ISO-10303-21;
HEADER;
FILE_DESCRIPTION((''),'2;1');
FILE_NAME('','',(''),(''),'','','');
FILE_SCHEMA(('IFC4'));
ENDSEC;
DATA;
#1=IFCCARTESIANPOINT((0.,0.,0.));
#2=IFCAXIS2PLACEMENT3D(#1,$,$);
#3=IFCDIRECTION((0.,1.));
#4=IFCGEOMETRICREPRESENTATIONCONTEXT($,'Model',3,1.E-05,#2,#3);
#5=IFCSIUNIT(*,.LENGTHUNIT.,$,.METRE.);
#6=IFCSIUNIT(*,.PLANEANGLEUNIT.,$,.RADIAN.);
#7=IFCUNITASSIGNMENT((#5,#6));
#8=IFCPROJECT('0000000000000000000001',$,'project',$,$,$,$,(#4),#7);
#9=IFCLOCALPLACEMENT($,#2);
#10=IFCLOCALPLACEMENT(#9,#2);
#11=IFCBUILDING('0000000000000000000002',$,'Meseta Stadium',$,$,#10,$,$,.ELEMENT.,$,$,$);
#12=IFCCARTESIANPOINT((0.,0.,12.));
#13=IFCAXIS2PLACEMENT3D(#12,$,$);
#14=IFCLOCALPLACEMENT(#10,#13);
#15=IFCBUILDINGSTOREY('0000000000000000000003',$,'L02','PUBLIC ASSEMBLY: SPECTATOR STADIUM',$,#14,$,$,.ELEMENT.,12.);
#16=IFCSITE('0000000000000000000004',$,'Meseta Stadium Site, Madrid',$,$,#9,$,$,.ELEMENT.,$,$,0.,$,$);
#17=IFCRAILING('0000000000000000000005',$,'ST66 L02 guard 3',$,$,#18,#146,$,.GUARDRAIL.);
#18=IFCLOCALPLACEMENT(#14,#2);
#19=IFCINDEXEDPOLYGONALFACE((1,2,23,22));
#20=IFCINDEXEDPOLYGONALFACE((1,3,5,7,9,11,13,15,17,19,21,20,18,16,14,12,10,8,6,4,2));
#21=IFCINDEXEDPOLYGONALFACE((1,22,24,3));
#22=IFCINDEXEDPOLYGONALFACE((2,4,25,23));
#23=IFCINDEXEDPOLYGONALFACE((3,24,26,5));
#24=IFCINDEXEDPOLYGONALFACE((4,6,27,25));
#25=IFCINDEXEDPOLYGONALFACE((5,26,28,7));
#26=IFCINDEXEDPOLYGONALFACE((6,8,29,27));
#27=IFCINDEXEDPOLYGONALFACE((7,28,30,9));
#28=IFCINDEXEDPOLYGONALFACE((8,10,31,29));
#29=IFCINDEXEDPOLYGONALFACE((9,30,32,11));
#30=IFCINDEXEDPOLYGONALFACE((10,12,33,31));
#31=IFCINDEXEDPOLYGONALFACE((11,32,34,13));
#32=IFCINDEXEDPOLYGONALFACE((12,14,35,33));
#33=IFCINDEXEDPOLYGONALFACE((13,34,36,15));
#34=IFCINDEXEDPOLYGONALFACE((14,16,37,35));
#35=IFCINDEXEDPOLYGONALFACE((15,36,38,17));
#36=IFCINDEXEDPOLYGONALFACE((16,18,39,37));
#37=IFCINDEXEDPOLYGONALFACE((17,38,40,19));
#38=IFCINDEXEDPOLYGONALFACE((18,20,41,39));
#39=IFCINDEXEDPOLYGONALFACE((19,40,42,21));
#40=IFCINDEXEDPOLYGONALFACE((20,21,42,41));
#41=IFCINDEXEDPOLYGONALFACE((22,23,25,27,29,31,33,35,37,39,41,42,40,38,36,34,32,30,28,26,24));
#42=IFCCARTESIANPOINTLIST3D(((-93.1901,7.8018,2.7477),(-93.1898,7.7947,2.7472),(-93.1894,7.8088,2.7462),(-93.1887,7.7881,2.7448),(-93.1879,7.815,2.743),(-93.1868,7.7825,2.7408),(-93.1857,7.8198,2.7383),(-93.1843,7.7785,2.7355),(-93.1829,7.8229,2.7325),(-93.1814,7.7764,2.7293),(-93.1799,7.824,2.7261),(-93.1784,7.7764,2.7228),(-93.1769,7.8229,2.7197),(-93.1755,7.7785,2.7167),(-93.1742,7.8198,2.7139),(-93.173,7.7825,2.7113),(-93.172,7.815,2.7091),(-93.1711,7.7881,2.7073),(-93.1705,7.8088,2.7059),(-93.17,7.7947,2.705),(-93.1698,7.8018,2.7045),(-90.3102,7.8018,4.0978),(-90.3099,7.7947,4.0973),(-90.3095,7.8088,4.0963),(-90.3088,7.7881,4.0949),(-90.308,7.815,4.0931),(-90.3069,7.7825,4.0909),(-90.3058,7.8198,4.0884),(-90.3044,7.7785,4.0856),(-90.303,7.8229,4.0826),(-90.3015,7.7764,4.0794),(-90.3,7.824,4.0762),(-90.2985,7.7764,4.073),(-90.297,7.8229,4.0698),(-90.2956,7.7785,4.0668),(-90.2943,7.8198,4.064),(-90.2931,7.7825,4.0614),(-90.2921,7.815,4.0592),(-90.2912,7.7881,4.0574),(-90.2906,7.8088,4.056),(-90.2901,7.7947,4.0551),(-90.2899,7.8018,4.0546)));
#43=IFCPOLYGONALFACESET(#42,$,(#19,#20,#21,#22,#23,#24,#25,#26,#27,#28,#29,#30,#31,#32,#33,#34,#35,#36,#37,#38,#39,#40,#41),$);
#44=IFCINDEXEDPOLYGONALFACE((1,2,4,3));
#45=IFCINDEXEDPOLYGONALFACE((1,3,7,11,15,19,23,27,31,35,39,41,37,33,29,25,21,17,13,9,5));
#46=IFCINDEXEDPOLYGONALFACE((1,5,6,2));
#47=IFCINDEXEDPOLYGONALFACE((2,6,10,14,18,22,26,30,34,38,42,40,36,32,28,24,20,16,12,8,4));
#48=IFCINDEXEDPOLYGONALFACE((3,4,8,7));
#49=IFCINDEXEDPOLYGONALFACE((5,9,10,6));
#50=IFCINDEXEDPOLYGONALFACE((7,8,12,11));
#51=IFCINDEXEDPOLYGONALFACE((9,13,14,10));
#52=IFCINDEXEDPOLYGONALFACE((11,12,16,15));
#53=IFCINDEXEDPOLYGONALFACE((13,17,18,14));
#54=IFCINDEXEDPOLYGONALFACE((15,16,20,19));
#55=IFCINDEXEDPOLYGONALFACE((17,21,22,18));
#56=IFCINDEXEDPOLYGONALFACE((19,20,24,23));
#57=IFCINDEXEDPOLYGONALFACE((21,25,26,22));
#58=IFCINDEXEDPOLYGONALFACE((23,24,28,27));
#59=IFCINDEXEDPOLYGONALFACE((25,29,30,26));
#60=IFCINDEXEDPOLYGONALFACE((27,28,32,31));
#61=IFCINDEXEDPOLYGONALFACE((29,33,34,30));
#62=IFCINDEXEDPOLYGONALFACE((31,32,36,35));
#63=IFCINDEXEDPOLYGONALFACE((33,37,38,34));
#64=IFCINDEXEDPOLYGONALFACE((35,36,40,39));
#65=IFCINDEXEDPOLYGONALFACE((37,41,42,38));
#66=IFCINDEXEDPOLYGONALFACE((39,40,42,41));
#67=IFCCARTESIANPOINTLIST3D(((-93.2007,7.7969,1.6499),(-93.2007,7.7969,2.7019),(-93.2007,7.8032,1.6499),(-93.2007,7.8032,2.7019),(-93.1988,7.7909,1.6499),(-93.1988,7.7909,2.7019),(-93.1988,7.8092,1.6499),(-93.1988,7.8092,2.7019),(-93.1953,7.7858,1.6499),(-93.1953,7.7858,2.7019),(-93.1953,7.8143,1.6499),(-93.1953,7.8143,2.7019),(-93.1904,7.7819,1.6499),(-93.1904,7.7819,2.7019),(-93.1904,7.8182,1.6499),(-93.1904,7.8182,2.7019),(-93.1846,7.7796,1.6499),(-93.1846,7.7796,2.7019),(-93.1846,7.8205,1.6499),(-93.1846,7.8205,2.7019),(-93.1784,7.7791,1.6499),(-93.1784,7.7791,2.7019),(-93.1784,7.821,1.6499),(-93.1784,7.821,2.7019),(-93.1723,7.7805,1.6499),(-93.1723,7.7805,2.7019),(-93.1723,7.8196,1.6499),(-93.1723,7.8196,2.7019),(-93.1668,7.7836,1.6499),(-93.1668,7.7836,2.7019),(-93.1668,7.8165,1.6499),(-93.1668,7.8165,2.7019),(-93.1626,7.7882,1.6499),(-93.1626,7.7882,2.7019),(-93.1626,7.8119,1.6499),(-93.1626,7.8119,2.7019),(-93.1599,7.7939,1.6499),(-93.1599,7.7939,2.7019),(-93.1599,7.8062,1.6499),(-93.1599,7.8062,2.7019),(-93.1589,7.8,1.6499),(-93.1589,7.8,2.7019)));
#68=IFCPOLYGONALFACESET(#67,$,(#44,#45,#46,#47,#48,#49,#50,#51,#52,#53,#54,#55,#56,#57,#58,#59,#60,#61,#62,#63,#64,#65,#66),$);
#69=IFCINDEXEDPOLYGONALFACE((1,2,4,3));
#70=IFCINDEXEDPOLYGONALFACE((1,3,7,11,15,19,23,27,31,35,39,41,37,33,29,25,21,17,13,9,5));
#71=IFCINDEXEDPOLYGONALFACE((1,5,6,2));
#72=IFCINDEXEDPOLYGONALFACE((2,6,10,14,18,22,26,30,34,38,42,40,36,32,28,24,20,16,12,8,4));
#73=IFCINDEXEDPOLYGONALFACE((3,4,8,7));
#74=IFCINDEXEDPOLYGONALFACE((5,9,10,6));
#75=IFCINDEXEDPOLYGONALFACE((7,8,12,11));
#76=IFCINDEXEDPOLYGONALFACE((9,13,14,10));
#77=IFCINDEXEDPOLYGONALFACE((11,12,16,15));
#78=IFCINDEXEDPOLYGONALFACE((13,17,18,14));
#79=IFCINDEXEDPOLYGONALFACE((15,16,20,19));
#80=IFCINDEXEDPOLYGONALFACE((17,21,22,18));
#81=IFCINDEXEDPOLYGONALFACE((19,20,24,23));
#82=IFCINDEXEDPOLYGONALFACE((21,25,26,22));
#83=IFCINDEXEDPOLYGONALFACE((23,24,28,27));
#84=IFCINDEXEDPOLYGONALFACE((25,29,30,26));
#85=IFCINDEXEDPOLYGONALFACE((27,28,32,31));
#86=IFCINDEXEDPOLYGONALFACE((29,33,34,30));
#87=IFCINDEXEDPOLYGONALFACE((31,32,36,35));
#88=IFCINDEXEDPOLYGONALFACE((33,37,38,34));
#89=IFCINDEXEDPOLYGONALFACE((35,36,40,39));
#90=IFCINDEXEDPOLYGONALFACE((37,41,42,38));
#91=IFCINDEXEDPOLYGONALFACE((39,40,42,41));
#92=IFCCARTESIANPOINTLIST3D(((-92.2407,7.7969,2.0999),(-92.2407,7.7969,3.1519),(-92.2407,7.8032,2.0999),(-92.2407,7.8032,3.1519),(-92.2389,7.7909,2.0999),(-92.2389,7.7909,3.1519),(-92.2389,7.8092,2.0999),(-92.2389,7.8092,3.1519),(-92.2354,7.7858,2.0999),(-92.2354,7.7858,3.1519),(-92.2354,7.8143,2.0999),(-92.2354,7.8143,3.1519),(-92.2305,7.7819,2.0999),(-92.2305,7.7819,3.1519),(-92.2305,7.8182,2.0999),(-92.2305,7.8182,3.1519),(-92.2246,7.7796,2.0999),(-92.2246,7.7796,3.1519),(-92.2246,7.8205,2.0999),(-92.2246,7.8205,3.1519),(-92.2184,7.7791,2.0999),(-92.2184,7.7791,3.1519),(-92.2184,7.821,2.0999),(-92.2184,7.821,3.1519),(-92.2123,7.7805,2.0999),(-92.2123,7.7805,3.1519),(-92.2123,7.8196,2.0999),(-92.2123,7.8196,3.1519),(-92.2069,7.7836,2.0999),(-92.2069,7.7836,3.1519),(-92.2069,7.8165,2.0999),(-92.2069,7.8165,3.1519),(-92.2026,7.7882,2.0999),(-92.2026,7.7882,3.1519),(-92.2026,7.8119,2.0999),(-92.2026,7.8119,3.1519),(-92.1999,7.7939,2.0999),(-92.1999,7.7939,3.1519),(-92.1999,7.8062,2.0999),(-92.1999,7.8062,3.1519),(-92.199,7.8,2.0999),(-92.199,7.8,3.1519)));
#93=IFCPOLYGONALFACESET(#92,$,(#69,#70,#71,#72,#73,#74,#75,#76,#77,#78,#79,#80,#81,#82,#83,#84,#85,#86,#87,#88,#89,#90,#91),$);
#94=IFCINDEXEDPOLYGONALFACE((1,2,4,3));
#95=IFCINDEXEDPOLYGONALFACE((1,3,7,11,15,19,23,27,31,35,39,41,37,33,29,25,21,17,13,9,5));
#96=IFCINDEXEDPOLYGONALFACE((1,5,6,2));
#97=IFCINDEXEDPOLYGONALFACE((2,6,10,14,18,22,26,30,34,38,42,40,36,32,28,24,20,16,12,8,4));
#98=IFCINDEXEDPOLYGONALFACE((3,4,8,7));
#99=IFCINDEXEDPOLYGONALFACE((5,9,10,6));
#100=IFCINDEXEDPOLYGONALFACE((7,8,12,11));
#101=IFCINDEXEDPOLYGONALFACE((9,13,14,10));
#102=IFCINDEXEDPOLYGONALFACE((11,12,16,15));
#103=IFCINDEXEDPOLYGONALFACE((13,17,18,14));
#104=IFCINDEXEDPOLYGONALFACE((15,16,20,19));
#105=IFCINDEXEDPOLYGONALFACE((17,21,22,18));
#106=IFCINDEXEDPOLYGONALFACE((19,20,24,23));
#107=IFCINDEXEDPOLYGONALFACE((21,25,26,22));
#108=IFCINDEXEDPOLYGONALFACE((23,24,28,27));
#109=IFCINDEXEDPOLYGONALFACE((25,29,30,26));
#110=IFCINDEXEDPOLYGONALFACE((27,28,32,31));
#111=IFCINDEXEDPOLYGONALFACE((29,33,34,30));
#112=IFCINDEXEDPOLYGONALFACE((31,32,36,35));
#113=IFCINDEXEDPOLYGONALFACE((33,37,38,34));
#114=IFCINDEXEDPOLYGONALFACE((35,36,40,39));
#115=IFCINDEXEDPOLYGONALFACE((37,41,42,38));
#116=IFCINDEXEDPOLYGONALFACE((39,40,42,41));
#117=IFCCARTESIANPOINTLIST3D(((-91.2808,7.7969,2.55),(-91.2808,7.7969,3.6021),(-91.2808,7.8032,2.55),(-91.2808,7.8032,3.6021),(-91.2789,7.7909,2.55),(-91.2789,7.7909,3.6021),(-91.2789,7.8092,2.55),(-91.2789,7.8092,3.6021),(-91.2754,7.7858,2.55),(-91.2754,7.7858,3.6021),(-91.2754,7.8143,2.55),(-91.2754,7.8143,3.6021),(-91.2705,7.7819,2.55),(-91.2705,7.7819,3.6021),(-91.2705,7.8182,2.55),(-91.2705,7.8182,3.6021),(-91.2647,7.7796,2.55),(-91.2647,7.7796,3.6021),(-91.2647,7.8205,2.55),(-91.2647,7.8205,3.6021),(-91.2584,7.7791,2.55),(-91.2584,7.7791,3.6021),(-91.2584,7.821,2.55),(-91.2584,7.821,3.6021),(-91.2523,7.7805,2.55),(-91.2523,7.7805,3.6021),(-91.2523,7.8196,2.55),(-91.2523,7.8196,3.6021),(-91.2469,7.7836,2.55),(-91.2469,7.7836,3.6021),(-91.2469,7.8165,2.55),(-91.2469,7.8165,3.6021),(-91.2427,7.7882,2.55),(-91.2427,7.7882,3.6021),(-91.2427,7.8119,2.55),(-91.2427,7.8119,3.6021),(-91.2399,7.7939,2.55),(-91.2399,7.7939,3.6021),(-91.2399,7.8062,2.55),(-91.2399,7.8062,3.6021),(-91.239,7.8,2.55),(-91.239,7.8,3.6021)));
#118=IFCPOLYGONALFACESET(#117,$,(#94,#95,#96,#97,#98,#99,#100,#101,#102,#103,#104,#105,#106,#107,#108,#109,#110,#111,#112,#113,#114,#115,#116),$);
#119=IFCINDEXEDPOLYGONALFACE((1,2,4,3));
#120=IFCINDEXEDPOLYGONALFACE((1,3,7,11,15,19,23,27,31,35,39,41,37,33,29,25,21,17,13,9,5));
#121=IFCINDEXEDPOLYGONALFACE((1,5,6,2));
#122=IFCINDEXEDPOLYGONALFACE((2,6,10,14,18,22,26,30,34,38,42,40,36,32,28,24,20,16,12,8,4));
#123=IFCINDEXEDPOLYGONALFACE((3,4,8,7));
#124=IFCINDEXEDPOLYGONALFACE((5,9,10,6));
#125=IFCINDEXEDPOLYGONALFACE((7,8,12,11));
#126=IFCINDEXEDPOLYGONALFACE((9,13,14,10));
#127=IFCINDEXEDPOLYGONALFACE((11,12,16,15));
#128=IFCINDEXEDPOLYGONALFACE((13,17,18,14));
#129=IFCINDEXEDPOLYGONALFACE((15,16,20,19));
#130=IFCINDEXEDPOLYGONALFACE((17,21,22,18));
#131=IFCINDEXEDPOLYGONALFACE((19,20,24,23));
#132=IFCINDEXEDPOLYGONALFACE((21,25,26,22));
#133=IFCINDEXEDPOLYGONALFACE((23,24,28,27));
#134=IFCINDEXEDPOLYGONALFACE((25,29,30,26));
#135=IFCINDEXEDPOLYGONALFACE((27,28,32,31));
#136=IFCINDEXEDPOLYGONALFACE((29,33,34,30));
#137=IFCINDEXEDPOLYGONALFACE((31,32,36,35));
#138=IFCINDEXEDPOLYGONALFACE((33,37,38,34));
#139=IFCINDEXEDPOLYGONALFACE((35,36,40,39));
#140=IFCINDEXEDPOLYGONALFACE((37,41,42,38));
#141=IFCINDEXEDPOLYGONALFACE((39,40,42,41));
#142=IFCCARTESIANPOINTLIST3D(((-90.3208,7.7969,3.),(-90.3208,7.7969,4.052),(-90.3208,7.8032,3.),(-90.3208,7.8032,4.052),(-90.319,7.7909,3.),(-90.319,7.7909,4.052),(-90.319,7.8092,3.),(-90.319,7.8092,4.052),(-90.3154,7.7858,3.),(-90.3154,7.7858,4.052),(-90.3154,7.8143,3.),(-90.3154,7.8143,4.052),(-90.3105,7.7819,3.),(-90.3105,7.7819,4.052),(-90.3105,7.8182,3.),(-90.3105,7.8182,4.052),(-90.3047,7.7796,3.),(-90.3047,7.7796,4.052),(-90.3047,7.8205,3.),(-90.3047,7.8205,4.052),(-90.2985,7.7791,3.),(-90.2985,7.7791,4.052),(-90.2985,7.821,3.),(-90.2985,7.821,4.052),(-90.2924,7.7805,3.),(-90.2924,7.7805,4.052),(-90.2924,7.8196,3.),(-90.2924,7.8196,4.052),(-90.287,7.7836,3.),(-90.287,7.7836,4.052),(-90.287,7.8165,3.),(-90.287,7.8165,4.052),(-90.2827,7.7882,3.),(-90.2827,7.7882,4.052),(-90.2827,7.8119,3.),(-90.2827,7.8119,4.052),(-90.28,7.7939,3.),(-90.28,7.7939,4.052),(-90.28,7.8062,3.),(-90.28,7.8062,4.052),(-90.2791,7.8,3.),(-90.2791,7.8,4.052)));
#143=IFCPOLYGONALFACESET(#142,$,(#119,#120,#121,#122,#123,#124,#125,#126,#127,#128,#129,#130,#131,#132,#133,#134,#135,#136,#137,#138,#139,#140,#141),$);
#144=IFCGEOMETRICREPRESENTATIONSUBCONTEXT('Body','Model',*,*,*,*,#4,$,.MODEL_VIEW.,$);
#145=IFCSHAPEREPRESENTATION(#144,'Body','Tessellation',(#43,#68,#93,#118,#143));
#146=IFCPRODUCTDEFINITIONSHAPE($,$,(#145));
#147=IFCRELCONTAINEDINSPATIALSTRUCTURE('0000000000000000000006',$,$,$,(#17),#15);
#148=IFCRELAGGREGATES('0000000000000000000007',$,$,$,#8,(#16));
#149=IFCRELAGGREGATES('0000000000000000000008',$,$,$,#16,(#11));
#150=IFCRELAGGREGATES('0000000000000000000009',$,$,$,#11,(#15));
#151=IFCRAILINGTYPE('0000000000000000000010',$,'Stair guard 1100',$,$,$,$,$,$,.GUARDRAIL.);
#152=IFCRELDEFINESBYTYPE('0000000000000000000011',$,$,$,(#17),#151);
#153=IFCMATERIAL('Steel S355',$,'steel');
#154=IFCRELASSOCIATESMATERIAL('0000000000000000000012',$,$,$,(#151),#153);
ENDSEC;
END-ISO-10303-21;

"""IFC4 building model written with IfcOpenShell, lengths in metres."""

from ifc_helpers import new_model, si_unit, direction, frame, origin, origin_2d, place, context, subcontext, project, spatial, circle, extrude, material, type_object, element, save


model = new_model("IFC4")

# Units and contexts
model_context = context("Model", 3, precision=1e-05, world=origin(), true_north=direction((0.0, 1.0)))
body_context = subcontext(model_context, "Body", "Model", "MODEL_VIEW")
ifc_project = project(units=[si_unit("LENGTHUNIT", "METRE"), si_unit("PLANEANGLEUNIT", "RADIAN")], contexts=[model_context])

# Site, building, storey
site_placement = place(None, origin())
site = spatial("IfcSite", under=ifc_project, at=site_placement, Name="Meseta Stadium Site, Madrid", CompositionType="ELEMENT", RefElevation=0.0)
building_placement = place(site_placement, origin())
building = spatial("IfcBuilding", under=site, at=building_placement, Name="Meseta Stadium", CompositionType="ELEMENT")
storey_placement = place(building_placement, frame((0.0, 0.0, 12.0)))
storey = spatial("IfcBuildingStorey", under=building, at=storey_placement, Name="L02", Description="PUBLIC ASSEMBLY: SPECTATOR STADIUM", CompositionType="ELEMENT", Elevation=12.0)

# Railing
ifc_material_1 = material(Name="Steel S355", Category="steel")
railing_type_1 = type_object("IfcRailingType", Name="Stair guard 1100", PredefinedType="GUARDRAIL", material=ifc_material_1)
railing_1_placement = place(storey_placement, frame((-93.1799, 7.8, 1.6499)))
element("IfcRailing", 1, at=railing_1_placement, inside=storey, type_object=railing_type_1, Name="ST66 L02 guard 3", PredefinedType="GUARDRAIL", context=body_context, shape_type="SweptSolid", body=[
    extrude(circle(Radius=0.0239, at=origin_2d()), frame((0.0, 0.0, 1.0762), z_axis=(0.90544, 0.0, 0.424473), x_axis=(0.0, 1.0, 0.0)), (0.0, 0.0, 1.0), 3.1807),
    extrude(circle(Radius=0.021, at=origin_2d()), origin(), (0.0, 0.0, 1.0), 1.052),
    extrude(circle(Radius=0.021, at=origin_2d()), frame((0.96, 0.0, 0.45)), (0.0, 0.0, 1.0), 1.052),
    extrude(circle(Radius=0.021, at=origin_2d()), frame((1.9199, 0.0, 0.9001)), (0.0, 0.0, 1.0), 1.052),
    extrude(circle(Radius=0.021, at=origin_2d()), frame((2.8799, 0.0, 1.3501)), (0.0, 0.0, 1.0), 1.052),
])

save(model, "model.ifc")
